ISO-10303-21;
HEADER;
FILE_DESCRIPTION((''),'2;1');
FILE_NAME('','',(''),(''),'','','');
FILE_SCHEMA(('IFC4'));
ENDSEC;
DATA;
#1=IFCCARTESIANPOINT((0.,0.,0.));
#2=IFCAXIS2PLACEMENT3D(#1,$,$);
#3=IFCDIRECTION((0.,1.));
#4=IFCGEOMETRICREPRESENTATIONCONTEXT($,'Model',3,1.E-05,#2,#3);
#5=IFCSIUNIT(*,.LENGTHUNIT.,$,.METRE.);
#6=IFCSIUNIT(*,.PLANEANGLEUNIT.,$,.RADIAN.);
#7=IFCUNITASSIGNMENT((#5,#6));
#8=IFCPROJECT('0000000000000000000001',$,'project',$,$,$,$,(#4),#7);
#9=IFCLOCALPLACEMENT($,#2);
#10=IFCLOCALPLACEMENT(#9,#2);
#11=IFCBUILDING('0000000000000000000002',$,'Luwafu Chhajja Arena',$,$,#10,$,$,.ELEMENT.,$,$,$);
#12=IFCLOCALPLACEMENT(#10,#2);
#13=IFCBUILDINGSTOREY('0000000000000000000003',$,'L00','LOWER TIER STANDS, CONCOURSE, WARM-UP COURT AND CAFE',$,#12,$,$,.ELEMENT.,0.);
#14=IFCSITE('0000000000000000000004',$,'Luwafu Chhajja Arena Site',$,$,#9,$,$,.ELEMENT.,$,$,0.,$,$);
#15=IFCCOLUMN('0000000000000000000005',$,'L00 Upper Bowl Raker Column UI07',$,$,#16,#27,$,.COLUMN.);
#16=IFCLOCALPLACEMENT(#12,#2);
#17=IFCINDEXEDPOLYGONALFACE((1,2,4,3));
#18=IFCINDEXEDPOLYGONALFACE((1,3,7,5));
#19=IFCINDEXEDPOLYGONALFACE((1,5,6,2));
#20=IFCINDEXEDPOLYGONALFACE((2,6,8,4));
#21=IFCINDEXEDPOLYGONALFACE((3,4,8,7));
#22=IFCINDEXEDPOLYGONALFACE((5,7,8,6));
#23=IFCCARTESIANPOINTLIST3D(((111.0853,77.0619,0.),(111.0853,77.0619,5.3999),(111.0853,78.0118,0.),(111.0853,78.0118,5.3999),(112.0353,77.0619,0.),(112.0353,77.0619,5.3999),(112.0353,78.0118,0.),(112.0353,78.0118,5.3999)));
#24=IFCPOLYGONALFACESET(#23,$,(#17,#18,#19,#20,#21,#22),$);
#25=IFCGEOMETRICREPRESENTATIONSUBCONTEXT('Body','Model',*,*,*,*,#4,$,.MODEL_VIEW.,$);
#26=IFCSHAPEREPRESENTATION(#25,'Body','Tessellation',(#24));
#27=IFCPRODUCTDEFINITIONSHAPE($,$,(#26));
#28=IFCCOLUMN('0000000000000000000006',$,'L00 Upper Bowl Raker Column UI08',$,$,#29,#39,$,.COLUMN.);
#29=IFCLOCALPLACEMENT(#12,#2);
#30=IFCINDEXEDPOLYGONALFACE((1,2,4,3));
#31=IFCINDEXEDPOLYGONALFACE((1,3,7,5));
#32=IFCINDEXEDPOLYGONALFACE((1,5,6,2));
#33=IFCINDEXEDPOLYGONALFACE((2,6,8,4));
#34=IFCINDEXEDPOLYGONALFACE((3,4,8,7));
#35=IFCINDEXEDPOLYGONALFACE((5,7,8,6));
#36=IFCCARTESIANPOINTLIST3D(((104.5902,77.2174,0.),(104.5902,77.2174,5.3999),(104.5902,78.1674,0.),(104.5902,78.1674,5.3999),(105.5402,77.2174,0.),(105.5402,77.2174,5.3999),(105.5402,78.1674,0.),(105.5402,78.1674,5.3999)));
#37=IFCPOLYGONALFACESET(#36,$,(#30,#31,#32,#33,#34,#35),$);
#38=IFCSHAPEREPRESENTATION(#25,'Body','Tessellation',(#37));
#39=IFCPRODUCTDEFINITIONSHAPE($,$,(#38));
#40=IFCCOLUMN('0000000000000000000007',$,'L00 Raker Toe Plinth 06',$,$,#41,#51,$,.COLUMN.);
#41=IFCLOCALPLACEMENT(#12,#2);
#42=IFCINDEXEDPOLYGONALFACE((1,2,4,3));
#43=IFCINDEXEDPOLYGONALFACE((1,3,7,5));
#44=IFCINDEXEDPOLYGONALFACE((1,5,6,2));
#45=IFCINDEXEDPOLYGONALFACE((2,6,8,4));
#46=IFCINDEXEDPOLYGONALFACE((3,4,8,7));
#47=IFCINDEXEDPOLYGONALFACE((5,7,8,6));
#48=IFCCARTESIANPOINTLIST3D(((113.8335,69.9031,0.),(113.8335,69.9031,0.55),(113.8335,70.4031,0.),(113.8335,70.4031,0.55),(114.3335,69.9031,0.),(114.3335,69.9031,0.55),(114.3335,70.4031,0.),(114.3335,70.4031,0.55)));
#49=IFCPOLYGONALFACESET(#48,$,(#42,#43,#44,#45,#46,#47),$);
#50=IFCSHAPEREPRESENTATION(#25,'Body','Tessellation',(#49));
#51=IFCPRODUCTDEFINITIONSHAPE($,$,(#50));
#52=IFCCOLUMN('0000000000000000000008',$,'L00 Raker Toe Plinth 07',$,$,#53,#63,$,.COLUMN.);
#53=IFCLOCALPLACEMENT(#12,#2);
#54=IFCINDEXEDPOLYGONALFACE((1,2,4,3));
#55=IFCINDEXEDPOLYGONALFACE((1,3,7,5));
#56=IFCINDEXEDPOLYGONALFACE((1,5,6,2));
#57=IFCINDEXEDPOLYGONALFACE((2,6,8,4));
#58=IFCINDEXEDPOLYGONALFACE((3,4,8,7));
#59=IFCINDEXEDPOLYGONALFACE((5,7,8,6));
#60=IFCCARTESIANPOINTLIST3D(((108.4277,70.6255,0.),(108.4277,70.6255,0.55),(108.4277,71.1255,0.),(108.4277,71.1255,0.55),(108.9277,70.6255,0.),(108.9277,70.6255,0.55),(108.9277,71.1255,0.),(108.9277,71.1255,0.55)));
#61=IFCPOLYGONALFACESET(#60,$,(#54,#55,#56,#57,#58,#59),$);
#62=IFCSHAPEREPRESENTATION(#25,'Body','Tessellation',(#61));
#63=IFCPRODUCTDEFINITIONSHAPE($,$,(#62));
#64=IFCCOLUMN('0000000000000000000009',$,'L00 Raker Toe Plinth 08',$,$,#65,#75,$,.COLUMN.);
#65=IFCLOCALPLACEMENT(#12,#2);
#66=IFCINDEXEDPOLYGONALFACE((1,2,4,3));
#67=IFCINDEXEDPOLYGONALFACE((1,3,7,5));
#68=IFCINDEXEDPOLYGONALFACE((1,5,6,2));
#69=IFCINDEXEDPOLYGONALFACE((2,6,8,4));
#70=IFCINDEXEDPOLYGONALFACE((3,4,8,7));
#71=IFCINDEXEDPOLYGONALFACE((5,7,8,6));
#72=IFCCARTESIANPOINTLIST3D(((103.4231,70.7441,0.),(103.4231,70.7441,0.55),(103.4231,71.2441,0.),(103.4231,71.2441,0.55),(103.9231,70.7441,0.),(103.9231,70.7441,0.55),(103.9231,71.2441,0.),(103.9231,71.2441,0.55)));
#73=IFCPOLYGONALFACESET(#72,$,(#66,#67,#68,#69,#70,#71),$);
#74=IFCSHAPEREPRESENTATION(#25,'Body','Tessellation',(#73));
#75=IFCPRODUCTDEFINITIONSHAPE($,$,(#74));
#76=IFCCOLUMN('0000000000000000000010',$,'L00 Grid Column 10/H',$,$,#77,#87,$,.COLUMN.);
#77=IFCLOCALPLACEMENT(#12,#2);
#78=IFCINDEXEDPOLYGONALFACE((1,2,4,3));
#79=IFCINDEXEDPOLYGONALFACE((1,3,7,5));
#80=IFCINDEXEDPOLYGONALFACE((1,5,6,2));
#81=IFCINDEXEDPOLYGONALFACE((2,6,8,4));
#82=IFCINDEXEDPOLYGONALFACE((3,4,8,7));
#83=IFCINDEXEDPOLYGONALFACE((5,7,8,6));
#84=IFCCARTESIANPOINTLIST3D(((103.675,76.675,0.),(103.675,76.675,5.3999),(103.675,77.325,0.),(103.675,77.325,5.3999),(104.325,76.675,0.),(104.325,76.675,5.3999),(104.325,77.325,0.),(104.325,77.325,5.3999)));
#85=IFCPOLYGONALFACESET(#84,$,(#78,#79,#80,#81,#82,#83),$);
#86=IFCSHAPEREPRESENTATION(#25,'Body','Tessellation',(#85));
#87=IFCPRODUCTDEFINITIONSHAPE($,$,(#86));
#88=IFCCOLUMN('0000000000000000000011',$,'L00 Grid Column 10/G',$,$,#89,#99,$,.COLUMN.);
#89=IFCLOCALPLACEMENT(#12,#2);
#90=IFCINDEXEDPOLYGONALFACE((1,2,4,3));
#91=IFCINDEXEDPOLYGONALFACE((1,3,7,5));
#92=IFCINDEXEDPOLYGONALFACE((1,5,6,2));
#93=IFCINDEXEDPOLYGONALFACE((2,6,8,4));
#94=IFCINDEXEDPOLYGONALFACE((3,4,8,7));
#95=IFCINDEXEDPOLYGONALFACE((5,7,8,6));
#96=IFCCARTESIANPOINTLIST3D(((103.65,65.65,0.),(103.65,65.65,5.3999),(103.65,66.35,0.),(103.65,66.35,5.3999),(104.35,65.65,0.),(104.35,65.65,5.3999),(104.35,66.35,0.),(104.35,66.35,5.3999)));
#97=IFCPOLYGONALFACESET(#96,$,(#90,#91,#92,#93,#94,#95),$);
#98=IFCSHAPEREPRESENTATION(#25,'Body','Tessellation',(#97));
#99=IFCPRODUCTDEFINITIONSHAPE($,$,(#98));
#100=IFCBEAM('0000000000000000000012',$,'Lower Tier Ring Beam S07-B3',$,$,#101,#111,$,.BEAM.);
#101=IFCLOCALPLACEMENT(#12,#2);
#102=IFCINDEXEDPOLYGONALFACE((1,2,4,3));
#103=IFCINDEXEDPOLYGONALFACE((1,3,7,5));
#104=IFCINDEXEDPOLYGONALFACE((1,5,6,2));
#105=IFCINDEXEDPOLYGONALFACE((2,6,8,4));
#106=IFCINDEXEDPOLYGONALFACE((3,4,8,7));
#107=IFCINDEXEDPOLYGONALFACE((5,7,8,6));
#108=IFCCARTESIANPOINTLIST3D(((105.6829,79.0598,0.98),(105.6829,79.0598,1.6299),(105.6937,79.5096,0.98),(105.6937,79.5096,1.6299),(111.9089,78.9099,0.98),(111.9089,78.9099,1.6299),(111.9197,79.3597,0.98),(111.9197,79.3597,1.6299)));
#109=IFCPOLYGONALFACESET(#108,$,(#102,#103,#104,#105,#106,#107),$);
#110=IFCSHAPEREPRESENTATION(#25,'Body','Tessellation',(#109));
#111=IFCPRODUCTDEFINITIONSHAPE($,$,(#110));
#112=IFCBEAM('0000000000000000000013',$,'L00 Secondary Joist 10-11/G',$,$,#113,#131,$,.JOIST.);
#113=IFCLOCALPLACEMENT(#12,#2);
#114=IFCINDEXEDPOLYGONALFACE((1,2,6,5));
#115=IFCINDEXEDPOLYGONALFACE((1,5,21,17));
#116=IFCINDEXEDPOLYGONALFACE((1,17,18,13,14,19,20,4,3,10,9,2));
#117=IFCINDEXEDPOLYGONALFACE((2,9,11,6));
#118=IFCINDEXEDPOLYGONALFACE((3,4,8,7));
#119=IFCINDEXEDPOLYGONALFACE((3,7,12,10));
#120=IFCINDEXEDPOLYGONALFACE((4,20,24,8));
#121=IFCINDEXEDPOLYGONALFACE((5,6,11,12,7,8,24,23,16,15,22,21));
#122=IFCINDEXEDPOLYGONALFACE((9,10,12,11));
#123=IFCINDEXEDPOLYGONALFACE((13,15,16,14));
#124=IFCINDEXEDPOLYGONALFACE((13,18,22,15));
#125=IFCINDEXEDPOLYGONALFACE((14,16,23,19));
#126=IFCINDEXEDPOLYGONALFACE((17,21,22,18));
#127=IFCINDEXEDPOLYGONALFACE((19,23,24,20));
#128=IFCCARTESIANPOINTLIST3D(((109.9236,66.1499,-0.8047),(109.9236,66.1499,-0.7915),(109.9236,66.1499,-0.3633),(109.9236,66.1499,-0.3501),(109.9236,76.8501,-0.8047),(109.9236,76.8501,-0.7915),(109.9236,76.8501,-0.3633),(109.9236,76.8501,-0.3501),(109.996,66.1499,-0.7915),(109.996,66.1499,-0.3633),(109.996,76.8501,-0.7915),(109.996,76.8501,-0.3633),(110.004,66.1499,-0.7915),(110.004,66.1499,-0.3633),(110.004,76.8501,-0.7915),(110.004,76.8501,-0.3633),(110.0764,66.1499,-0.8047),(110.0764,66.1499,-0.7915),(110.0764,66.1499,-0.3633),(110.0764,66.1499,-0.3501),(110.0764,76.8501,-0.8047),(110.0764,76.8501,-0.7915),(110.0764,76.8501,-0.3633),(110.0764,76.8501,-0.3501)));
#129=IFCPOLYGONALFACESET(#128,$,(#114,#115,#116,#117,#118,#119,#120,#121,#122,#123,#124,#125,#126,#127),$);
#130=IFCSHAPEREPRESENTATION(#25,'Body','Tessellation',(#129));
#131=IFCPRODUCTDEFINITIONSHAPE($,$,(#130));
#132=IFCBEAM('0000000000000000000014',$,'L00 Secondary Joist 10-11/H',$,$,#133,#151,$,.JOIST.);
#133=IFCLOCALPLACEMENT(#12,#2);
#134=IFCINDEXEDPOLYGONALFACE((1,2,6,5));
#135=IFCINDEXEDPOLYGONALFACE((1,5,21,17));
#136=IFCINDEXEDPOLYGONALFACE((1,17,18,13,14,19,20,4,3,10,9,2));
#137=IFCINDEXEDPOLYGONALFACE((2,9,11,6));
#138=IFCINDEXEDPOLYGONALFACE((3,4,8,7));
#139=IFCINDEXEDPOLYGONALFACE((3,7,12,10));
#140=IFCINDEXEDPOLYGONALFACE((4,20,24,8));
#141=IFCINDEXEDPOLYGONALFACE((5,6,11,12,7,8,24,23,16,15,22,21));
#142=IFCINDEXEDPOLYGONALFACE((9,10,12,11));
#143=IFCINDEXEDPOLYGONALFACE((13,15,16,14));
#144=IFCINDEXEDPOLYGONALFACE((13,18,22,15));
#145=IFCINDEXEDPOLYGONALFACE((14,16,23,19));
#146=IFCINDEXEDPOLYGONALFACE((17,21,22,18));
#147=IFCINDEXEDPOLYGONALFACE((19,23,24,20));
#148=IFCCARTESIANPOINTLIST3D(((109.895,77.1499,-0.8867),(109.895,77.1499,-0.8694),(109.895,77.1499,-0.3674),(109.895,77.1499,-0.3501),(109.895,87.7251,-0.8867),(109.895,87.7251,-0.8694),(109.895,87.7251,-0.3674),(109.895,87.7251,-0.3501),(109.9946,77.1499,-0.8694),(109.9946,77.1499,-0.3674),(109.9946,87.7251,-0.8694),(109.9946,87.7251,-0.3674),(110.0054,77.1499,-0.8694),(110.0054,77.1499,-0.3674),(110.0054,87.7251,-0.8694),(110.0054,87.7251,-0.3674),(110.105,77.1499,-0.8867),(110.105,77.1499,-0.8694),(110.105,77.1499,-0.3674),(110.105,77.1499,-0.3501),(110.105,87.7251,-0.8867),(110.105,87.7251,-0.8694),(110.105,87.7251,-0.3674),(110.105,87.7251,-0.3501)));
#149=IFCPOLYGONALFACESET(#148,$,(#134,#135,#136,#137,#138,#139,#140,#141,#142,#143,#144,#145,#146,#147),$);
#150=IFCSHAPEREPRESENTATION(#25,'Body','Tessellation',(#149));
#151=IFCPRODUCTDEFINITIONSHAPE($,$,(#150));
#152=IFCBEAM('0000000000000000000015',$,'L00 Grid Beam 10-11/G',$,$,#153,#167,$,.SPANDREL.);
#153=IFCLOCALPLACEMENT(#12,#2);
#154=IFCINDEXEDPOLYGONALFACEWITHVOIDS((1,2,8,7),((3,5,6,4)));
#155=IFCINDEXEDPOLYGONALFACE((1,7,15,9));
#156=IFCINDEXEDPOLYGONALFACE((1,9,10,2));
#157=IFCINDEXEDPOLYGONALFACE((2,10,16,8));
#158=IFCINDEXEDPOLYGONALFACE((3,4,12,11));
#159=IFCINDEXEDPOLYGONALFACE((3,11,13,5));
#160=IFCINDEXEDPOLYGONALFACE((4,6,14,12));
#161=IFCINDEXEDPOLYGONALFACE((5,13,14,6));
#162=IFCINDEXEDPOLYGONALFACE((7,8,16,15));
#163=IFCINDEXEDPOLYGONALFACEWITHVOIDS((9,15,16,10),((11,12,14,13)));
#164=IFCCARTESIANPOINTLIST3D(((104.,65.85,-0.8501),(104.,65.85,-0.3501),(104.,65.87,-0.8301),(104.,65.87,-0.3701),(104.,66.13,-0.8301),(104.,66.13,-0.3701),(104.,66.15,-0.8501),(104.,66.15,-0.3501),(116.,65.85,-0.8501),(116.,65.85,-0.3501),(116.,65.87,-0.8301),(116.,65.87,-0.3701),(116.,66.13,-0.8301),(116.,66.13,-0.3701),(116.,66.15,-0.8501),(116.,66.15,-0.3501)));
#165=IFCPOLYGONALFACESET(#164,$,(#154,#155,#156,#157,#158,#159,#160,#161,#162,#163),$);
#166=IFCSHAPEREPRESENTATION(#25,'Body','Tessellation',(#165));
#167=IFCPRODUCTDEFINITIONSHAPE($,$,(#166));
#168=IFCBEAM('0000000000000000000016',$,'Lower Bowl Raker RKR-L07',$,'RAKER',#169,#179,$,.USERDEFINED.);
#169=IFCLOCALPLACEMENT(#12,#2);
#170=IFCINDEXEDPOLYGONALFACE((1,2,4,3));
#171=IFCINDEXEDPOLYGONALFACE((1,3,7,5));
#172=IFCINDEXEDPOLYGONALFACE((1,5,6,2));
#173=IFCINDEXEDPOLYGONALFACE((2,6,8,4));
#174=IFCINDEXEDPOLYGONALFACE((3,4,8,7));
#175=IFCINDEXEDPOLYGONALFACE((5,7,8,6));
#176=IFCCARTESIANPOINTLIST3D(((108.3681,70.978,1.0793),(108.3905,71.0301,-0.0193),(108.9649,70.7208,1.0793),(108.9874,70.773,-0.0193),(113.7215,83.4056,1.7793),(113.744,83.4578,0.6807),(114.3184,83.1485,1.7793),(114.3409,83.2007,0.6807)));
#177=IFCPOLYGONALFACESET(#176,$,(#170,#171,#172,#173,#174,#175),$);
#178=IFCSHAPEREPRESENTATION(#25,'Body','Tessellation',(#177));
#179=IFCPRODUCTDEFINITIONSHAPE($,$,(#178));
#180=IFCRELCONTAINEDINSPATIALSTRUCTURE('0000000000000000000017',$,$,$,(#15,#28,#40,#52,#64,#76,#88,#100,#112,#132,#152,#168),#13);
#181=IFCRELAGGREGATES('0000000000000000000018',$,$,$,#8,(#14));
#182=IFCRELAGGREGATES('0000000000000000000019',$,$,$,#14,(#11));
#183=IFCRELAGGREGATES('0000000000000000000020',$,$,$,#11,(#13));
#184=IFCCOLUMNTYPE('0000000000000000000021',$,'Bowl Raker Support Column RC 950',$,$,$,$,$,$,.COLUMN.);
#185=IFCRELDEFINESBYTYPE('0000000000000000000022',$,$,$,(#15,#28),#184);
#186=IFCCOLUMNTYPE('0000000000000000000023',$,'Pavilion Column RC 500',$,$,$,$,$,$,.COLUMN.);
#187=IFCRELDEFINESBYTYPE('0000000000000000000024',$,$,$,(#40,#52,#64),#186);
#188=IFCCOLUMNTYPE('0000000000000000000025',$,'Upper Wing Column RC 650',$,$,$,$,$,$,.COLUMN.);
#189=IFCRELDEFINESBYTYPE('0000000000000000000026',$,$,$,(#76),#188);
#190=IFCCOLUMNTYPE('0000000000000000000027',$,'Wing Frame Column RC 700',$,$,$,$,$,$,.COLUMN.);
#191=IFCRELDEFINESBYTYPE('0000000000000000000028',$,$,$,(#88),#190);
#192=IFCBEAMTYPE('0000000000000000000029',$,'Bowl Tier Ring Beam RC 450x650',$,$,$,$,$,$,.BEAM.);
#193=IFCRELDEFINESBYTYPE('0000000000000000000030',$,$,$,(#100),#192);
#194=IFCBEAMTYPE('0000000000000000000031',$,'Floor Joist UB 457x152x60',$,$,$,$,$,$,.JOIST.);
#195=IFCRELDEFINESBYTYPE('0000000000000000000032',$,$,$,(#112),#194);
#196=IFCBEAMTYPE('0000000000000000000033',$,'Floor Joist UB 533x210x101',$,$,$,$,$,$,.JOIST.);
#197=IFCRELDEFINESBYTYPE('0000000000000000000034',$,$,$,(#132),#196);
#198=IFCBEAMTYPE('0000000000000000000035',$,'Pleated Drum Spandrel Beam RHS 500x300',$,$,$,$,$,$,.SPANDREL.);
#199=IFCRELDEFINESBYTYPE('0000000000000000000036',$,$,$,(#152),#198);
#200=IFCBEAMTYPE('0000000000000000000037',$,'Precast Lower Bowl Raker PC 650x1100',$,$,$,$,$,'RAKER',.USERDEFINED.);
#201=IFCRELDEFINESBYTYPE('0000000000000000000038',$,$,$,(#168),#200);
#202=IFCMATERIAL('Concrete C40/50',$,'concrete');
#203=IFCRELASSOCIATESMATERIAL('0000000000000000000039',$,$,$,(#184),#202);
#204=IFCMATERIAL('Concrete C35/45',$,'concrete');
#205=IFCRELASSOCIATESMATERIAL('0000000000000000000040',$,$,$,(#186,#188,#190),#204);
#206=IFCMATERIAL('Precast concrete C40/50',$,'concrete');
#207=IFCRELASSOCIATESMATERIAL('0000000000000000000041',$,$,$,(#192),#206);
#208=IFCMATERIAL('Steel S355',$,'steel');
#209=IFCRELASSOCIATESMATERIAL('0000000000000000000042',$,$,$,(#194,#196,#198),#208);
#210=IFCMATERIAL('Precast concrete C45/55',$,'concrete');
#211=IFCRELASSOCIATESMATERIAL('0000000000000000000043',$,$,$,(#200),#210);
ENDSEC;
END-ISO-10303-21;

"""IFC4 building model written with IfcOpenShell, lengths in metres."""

from ifc_helpers import new_model, si_unit, direction, frame, origin, origin_2d, place, context, subcontext, project, spatial, rectangle, hollow_rectangle, i_section, extrude, material, material_profile, profile_set, type_object, element, save


model = new_model("IFC4")

# Units and contexts
model_context = context("Model", 3, precision=1e-05, world=origin(), true_north=direction((0.0, 1.0)))
body_context = subcontext(model_context, "Body", "Model", "MODEL_VIEW")
ifc_project = project(units=[si_unit("LENGTHUNIT", "METRE"), si_unit("PLANEANGLEUNIT", "RADIAN")], contexts=[model_context])

# Site, building, storey
site_placement = place(None, origin())
site = spatial("IfcSite", under=ifc_project, at=site_placement, Name="Luwafu Chhajja Arena Site", CompositionType="ELEMENT", RefElevation=0.0)
building_placement = place(site_placement, origin())
building = spatial("IfcBuilding", under=site, at=building_placement, Name="Luwafu Chhajja Arena", CompositionType="ELEMENT")
storey_placement = place(building_placement, origin())
storey = spatial("IfcBuildingStorey", under=building, at=storey_placement, Name="L00", Description="LOWER TIER STANDS, CONCOURSE, WARM-UP COURT AND CAFE", CompositionType="ELEMENT", Elevation=0.0)

# Columns
ifc_material_1 = material(Name="Concrete C40/50", Category="concrete")
ifc_material_profile_1 = material_profile(ifc_material_1, rectangle(XDim=0.95, YDim=0.95, at=origin_2d()), Name="RC 950x950")
ifc_profile_set_1 = profile_set([ifc_material_profile_1], Name="Concrete C40/50")
column_type_1 = type_object("IfcColumnType", Name="Bowl Raker Support Column RC 950", PredefinedType="COLUMN", material=ifc_profile_set_1)
for number, where, z_axis, x_axis, name in (
    (1, (111.5603, 77.5369, 0.0), (0.0, 0.0, 1.0), (1.0, 0.0, 0.0), "L00 Upper Bowl Raker Column UI07"),
    (2, (105.0652, 77.6924, 0.0), (0.0, 0.0, 1.0), (1.0, 0.0, 0.0), "L00 Upper Bowl Raker Column UI08"),
):
    element("IfcColumn", number, at=place(storey_placement, frame(where, z_axis=z_axis, x_axis=x_axis)), inside=storey, type_object=column_type_1, Name=name, PredefinedType="COLUMN", context=body_context, shape_type="SweptSolid", body=[
        extrude(rectangle(XDim=0.95, YDim=0.95, at=origin_2d()), origin(), (0.0, 0.0, 1.0), 5.3999),
    ])
ifc_material_2 = material(Name="Concrete C35/45", Category="concrete")
ifc_material_profile_2 = material_profile(ifc_material_2, rectangle(XDim=0.5, YDim=0.5, at=origin_2d()), Name="RC 500x500")
ifc_profile_set_2 = profile_set([ifc_material_profile_2], Name="Concrete C35/45")
column_type_2 = type_object("IfcColumnType", Name="Pavilion Column RC 500", PredefinedType="COLUMN", material=ifc_profile_set_2)
for number, where, z_axis, x_axis, name in (
    (3, (114.0835, 70.1531, 0.0), (0.0, 0.0, 1.0), (1.0, 0.0, 0.0), "L00 Raker Toe Plinth 06"),
    (4, (108.6777, 70.8755, 0.0), (0.0, 0.0, 1.0), (1.0, 0.0, 0.0), "L00 Raker Toe Plinth 07"),
    (5, (103.6731, 70.9941, 0.0), (0.0, 0.0, 1.0), (1.0, 0.0, 0.0), "L00 Raker Toe Plinth 08"),
):
    element("IfcColumn", number, at=place(storey_placement, frame(where, z_axis=z_axis, x_axis=x_axis)), inside=storey, type_object=column_type_2, Name=name, PredefinedType="COLUMN", context=body_context, shape_type="SweptSolid", body=[
        extrude(rectangle(XDim=0.5, YDim=0.5, at=origin_2d()), origin(), (0.0, 0.0, 1.0), 0.55),
    ])
ifc_material_profile_3 = material_profile(ifc_material_2, rectangle(XDim=0.6499, YDim=0.6499, at=origin_2d()), Name="RC 650x650")
ifc_profile_set_3 = profile_set([ifc_material_profile_3], Name="Concrete C35/45")
column_type_3 = type_object("IfcColumnType", Name="Upper Wing Column RC 650", PredefinedType="COLUMN", material=ifc_profile_set_3)
column_1_placement = place(storey_placement, frame((104.0, 77.0, 0.0), z_axis=(0.0, 0.0, 1.0), x_axis=(1.0, 0.0, 0.0)))
element("IfcColumn", 6, at=column_1_placement, inside=storey, type_object=column_type_3, Name="L00 Grid Column 10/H", PredefinedType="COLUMN", context=body_context, shape_type="SweptSolid", body=[
    extrude(rectangle(XDim=0.6499, YDim=0.6499, at=origin_2d()), origin(), (0.0, 0.0, 1.0), 5.3999),
])
ifc_material_profile_4 = material_profile(ifc_material_2, rectangle(XDim=0.7, YDim=0.7, at=origin_2d()), Name="RC 700x700")
ifc_profile_set_4 = profile_set([ifc_material_profile_4], Name="Concrete C35/45")
column_type_4 = type_object("IfcColumnType", Name="Wing Frame Column RC 700", PredefinedType="COLUMN", material=ifc_profile_set_4)
column_2_placement = place(storey_placement, frame((104.0, 66.0, 0.0), z_axis=(0.0, 0.0, 1.0), x_axis=(1.0, 0.0, 0.0)))
element("IfcColumn", 7, at=column_2_placement, inside=storey, type_object=column_type_4, Name="L00 Grid Column 10/G", PredefinedType="COLUMN", context=body_context, shape_type="SweptSolid", body=[
    extrude(rectangle(XDim=0.7, YDim=0.7, at=origin_2d()), origin(), (0.0, 0.0, 1.0), 5.3999),
])

# Beams
ifc_material_3 = material(Name="Precast concrete C40/50", Category="concrete")
ifc_material_profile_5 = material_profile(ifc_material_3, rectangle(XDim=0.45, YDim=0.6499, at=origin_2d()), Name="RC 450x650")
ifc_profile_set_5 = profile_set([ifc_material_profile_5], Name="Precast concrete C40/50")
beam_type_1 = type_object("IfcBeamType", Name="Bowl Tier Ring Beam RC 450x650", PredefinedType="BEAM", material=ifc_profile_set_5)
beam_1_placement = place(storey_placement, frame((111.9143, 79.1348, 1.3049), z_axis=(-0.99971, 0.02407, 0.0), x_axis=(-0.02407, -0.99971, 0.0)))
element("IfcBeam", 8, at=beam_1_placement, inside=storey, type_object=beam_type_1, Name="Lower Tier Ring Beam S07-B3", PredefinedType="BEAM", context=body_context, shape_type="SweptSolid", body=[
    extrude(rectangle(XDim=0.45, YDim=0.6499, at=origin_2d()), origin(), (0.0, 0.0, 1.0), 6.2278),
])
ifc_material_4 = material(Name="Steel S355", Category="steel")
ifc_material_profile_6 = material_profile(ifc_material_4, i_section(OverallWidth=0.1528, OverallDepth=0.4546, WebThickness=0.0081, FlangeThickness=0.0132, at=origin_2d()), Name="UB 457x152x60")
ifc_profile_set_6 = profile_set([ifc_material_profile_6], Name="Steel S355")
beam_type_2 = type_object("IfcBeamType", Name="Floor Joist UB 457x152x60", PredefinedType="JOIST", material=ifc_profile_set_6)
beam_2_placement = place(storey_placement, frame((110.0, 66.1499, -0.5774), z_axis=(0.0, 1.0, 0.0), x_axis=(-1.0, 0.0, 0.0)))
element("IfcBeam", 9, at=beam_2_placement, inside=storey, type_object=beam_type_2, Name="L00 Secondary Joist 10-11/G", PredefinedType="JOIST", context=body_context, shape_type="SweptSolid", body=[
    extrude(i_section(OverallWidth=0.1528, OverallDepth=0.4546, WebThickness=0.0081, FlangeThickness=0.0132, at=origin_2d()), origin(), (0.0, 0.0, 1.0), 10.7002),
])
ifc_material_profile_7 = material_profile(ifc_material_4, i_section(OverallWidth=0.21, OverallDepth=0.5366, WebThickness=0.0107, FlangeThickness=0.0173, at=origin_2d()), Name="UB 533x210x101")
ifc_profile_set_7 = profile_set([ifc_material_profile_7], Name="Steel S355")
beam_type_3 = type_object("IfcBeamType", Name="Floor Joist UB 533x210x101", PredefinedType="JOIST", material=ifc_profile_set_7)
beam_3_placement = place(storey_placement, frame((110.0, 77.1499, -0.6184), z_axis=(0.0, 1.0, 0.0), x_axis=(-1.0, 0.0, 0.0)))
element("IfcBeam", 10, at=beam_3_placement, inside=storey, type_object=beam_type_3, Name="L00 Secondary Joist 10-11/H", PredefinedType="JOIST", context=body_context, shape_type="SweptSolid", body=[
    extrude(i_section(OverallWidth=0.21, OverallDepth=0.5366, WebThickness=0.0107, FlangeThickness=0.0173, at=origin_2d()), origin(), (0.0, 0.0, 1.0), 10.5752),
])
ifc_material_profile_8 = material_profile(ifc_material_4, hollow_rectangle(XDim=0.3, YDim=0.5, WallThickness=0.02, at=origin_2d()), Name="RHS 500x300x20")
ifc_profile_set_8 = profile_set([ifc_material_profile_8], Name="Steel S355")
beam_type_4 = type_object("IfcBeamType", Name="Pleated Drum Spandrel Beam RHS 500x300", PredefinedType="SPANDREL", material=ifc_profile_set_8)
beam_4_placement = place(storey_placement, frame((104.0, 66.0, -0.6001), z_axis=(1.0, 0.0, 0.0), x_axis=(0.0, 1.0, 0.0)))
element("IfcBeam", 11, at=beam_4_placement, inside=storey, type_object=beam_type_4, Name="L00 Grid Beam 10-11/G", PredefinedType="SPANDREL", context=body_context, shape_type="SweptSolid", body=[
    extrude(hollow_rectangle(XDim=0.3, YDim=0.5, WallThickness=0.02, at=origin_2d()), origin(), (0.0, 0.0, 1.0), 12.0),
])
ifc_material_5 = material(Name="Precast concrete C45/55", Category="concrete")
ifc_material_profile_9 = material_profile(ifc_material_5, rectangle(XDim=0.6499, YDim=1.1001, at=origin_2d()), Name="PC 650x1100")
ifc_profile_set_9 = profile_set([ifc_material_profile_9], Name="Precast concrete C45/55")
beam_type_5 = type_object("IfcBeamType", Name="Precast Lower Bowl Raker PC 650x1100", ElementType="RAKER", PredefinedType="USERDEFINED", material=ifc_profile_set_9)
beam_5_placement = place(storey_placement, frame((108.6777, 70.8755, 0.53), z_axis=(0.395098, 0.917186, 0.051657), x_axis=(-0.918412, 0.395626, 0.0)))
element("IfcBeam", 12, at=beam_5_placement, inside=storey, type_object=beam_type_5, Name="Lower Bowl Raker RKR-L07", ObjectType="RAKER", PredefinedType="USERDEFINED", context=body_context, shape_type="SweptSolid", body=[
    extrude(rectangle(XDim=0.6499, YDim=1.1001, at=origin_2d()), origin(), (0.0, 0.0, 1.0), 13.5498),
])

save(model, "model.ifc")
